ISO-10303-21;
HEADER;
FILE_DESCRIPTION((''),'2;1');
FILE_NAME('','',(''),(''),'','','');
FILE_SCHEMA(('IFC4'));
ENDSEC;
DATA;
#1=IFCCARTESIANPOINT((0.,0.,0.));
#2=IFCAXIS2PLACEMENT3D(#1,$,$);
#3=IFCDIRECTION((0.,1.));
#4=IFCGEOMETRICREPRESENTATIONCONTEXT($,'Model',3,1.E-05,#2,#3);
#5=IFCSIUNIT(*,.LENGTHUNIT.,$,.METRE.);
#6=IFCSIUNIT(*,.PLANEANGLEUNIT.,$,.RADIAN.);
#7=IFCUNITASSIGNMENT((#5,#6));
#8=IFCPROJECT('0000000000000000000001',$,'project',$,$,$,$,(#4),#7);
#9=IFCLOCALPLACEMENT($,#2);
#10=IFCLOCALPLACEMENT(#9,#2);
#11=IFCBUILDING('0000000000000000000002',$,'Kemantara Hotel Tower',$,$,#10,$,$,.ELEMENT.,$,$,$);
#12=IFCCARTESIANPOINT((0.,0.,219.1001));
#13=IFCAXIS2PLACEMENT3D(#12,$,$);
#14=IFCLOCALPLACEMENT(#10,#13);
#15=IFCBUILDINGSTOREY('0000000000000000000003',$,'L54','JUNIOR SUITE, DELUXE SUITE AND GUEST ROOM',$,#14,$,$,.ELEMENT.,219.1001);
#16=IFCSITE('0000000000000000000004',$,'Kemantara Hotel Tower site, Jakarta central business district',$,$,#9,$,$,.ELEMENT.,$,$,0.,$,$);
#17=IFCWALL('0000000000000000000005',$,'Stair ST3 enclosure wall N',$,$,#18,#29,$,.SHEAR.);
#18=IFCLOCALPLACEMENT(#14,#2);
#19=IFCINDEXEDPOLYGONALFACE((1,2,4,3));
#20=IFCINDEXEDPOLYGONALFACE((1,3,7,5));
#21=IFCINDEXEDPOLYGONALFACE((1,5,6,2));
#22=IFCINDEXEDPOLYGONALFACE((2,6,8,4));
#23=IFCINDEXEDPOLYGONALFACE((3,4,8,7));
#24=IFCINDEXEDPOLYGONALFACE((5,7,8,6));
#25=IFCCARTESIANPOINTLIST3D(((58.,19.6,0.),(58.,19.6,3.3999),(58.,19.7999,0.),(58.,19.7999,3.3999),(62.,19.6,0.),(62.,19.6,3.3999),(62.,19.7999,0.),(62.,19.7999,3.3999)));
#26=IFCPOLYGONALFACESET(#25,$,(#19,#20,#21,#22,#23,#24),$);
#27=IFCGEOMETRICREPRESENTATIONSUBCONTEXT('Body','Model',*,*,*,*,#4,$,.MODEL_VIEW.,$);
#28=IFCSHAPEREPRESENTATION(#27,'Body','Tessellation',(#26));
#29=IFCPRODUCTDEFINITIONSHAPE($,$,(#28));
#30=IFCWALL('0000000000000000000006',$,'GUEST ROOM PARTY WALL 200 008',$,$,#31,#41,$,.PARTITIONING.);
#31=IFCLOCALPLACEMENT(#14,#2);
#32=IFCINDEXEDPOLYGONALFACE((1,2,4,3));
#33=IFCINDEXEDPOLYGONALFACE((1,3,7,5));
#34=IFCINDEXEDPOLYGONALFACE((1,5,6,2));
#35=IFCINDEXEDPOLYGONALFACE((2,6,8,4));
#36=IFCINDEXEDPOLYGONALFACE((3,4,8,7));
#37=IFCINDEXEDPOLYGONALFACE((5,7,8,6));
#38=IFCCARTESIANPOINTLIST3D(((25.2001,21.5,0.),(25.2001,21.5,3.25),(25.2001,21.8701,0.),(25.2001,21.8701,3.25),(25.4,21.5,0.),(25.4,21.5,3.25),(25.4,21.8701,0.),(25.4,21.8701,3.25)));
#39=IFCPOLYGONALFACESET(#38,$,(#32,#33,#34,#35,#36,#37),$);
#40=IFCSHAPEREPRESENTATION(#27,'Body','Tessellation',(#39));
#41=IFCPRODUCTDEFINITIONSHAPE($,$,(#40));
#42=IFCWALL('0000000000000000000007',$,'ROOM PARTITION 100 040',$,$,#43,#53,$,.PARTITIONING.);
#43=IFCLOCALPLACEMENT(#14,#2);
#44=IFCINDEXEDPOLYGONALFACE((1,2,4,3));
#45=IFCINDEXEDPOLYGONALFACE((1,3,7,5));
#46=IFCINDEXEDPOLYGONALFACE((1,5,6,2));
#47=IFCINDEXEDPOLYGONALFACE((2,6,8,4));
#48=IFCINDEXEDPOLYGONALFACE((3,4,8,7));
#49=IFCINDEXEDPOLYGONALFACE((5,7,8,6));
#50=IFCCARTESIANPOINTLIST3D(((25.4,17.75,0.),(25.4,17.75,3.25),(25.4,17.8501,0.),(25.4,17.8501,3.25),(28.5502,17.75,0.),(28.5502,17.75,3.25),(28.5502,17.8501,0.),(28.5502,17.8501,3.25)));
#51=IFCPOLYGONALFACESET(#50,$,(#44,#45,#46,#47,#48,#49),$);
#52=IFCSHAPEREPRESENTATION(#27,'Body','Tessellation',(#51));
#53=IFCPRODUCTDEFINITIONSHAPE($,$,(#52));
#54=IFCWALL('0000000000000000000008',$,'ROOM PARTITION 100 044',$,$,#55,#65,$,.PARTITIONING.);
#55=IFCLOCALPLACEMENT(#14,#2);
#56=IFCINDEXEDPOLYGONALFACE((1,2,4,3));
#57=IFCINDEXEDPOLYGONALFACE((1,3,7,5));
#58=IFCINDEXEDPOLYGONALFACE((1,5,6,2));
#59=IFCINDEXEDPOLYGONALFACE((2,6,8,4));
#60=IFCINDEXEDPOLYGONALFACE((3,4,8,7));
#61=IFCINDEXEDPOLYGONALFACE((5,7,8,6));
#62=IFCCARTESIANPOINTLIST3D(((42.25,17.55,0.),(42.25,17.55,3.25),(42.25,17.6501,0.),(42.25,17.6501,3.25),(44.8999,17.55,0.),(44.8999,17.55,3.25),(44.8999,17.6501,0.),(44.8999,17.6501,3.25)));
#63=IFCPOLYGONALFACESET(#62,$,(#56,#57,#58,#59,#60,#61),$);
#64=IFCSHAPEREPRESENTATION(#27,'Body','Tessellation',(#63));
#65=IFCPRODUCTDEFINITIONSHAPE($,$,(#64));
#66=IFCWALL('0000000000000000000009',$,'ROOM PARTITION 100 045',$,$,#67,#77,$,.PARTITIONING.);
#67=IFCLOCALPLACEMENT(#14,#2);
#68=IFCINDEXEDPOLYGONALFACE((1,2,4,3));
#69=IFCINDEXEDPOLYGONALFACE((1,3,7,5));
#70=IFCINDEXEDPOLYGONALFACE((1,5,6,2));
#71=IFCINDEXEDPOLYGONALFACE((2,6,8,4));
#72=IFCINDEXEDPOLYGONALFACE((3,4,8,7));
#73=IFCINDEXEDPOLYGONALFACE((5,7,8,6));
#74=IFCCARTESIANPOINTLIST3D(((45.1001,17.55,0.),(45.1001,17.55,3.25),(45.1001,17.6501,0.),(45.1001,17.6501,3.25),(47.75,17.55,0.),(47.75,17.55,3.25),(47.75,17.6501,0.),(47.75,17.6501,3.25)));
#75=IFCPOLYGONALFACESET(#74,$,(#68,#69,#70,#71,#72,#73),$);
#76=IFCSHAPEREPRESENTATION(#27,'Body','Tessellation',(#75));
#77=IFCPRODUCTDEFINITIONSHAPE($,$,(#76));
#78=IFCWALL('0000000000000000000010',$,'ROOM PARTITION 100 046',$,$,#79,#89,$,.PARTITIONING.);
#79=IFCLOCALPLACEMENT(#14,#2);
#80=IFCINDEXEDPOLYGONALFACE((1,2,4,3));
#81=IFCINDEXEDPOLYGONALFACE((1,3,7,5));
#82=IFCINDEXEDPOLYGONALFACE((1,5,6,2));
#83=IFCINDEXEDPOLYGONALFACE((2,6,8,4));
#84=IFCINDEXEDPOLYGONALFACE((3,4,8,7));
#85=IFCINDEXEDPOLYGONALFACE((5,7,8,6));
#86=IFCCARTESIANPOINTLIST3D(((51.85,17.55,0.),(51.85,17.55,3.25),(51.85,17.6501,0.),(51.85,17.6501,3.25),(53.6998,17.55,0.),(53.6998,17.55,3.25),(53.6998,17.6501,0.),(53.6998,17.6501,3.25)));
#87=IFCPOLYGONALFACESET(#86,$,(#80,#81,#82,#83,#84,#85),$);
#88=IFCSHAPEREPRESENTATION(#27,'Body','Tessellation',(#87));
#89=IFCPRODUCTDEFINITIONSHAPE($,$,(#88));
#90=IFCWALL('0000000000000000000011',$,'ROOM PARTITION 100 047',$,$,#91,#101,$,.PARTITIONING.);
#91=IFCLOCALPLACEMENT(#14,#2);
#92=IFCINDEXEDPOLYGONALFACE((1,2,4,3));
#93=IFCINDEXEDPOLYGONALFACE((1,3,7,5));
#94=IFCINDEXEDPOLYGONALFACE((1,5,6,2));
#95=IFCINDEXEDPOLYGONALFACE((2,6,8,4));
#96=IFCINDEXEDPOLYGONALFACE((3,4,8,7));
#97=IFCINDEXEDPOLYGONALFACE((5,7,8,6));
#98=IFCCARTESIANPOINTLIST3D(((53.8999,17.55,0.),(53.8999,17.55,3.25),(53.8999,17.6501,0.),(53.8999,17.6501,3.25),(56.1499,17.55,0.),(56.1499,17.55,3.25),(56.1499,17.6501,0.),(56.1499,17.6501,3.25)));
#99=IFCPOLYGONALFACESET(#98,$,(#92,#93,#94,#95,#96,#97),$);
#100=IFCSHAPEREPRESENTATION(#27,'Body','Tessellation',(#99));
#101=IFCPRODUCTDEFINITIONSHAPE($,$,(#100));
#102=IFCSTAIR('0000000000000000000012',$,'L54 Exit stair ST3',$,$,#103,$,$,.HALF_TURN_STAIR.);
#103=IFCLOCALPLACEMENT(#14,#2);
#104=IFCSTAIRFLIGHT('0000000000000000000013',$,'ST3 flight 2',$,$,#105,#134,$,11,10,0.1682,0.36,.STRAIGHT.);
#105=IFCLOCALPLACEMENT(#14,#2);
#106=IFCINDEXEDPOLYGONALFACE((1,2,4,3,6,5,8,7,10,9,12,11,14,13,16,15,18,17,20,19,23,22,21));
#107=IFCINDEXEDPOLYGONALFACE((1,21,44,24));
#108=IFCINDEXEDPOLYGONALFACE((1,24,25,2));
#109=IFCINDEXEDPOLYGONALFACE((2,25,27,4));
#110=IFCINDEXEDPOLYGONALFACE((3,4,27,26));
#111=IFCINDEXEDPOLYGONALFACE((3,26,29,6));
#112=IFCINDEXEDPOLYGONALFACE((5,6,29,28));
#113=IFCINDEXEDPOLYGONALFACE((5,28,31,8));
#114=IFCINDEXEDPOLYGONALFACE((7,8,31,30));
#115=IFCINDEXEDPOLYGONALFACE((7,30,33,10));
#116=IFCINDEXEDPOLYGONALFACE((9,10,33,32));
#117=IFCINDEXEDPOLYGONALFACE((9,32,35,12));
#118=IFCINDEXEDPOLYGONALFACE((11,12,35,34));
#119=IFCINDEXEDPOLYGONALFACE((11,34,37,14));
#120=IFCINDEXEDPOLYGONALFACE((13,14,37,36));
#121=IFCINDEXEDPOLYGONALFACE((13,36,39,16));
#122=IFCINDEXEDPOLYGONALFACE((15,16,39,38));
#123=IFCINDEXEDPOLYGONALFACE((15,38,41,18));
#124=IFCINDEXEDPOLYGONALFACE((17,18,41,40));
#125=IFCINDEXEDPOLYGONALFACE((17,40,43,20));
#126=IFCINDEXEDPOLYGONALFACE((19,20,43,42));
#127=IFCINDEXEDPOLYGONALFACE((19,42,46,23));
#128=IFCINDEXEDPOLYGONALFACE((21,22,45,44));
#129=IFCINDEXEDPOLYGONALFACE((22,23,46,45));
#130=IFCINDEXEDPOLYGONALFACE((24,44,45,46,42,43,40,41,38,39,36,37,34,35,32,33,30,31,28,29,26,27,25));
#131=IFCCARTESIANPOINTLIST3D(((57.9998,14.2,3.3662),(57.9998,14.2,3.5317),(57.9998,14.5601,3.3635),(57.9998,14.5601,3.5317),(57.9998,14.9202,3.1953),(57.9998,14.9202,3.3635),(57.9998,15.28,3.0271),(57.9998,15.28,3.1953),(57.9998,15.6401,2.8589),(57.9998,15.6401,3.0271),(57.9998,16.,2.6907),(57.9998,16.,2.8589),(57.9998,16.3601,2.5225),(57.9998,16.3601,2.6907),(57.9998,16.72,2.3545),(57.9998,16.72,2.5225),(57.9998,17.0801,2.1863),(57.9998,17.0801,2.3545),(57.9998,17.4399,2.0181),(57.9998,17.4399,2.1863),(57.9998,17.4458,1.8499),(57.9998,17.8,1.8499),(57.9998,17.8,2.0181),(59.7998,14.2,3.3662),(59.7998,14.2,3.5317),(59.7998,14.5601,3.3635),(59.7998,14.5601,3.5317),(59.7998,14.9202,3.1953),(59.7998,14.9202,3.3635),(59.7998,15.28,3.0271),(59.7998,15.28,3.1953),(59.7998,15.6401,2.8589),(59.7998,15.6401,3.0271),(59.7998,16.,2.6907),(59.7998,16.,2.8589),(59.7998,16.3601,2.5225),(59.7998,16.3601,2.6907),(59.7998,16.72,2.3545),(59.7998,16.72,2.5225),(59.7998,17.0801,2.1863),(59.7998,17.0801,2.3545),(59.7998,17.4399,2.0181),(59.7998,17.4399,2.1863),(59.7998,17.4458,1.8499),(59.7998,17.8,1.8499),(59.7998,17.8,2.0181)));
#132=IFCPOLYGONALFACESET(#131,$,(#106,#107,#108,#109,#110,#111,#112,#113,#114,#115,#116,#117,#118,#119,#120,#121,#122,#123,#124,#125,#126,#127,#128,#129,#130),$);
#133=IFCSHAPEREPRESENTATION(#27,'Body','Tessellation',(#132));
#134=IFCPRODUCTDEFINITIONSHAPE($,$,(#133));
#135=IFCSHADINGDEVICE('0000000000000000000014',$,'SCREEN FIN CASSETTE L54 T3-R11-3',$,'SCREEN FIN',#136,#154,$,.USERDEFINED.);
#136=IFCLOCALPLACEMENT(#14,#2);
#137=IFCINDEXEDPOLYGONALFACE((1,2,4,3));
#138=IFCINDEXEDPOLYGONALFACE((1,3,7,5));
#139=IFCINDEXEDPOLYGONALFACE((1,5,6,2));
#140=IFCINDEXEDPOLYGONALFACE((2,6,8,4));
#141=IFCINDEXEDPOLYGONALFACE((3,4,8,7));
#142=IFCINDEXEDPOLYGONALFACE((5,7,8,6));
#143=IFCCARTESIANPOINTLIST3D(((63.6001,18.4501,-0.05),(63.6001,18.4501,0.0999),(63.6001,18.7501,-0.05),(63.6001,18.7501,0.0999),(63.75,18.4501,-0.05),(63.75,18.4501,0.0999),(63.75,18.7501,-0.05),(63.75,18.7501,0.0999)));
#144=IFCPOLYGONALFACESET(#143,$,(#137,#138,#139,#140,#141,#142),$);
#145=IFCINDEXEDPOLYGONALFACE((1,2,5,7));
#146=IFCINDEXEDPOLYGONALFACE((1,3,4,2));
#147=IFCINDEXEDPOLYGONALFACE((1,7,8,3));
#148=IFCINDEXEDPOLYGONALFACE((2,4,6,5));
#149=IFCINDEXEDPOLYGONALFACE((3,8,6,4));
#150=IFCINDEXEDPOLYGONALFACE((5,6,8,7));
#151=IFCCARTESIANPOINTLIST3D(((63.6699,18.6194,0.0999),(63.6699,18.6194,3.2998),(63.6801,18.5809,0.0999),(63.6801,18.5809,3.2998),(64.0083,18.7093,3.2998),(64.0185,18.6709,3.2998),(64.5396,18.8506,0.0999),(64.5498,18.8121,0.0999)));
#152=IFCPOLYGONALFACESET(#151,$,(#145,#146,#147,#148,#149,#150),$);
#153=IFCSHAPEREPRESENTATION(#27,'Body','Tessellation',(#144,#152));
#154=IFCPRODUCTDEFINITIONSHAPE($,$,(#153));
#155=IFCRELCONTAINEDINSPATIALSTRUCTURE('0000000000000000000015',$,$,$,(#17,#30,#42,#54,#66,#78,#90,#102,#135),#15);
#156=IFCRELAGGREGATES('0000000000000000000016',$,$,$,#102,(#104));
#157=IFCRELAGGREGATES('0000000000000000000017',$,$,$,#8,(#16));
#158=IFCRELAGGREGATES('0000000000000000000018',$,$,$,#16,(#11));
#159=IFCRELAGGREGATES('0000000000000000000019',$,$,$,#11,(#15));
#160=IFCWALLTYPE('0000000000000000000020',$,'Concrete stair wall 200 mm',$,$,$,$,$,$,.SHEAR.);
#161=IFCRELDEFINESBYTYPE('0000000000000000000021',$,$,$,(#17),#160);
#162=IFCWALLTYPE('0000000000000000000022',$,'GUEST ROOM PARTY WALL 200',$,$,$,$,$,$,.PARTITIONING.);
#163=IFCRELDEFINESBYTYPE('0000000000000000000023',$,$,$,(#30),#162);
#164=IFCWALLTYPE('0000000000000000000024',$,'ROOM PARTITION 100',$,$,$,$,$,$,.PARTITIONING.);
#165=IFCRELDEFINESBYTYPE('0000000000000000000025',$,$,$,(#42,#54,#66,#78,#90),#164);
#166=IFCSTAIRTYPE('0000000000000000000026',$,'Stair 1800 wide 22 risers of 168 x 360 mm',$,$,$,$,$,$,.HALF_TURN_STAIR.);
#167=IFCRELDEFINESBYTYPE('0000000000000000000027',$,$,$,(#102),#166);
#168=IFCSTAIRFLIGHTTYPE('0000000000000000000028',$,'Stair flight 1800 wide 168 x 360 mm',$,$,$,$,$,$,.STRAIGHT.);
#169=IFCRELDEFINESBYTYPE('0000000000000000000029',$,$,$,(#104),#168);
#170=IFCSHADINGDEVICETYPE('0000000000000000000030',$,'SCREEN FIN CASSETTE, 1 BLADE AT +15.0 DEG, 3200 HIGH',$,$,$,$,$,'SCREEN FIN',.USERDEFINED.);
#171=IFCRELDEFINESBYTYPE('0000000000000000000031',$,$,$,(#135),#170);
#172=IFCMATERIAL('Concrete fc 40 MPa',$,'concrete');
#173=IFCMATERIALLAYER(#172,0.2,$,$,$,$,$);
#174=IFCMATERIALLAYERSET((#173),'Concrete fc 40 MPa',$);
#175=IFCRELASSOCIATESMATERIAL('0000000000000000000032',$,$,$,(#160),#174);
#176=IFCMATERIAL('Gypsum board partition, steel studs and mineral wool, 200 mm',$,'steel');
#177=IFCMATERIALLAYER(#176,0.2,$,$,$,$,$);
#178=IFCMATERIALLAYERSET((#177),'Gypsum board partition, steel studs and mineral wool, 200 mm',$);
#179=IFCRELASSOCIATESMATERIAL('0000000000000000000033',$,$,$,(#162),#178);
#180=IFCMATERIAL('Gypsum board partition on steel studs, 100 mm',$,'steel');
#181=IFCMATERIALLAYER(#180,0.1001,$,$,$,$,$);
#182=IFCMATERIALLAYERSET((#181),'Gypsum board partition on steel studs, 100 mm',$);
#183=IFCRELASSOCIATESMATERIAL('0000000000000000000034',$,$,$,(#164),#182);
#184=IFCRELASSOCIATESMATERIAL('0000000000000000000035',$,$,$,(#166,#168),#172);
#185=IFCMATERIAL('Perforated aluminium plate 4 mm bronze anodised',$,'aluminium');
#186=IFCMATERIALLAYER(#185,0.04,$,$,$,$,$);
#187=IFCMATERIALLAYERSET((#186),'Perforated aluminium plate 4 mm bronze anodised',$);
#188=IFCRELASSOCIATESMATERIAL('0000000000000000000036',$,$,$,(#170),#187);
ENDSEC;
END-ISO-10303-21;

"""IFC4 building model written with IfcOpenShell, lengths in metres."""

from ifc_helpers import new_model, si_unit, direction, frame, frame_2d, origin, origin_2d, place, context, subcontext, project, spatial, polyline, rectangle, outline, extrude, source, transform, mapped, material, layer, layer_set, type_object, element, aggregate, save


model = new_model("IFC4")

# Units and contexts
model_context = context("Model", 3, precision=1e-05, world=origin(), true_north=direction((0.0, 1.0)))
body_context = subcontext(model_context, "Body", "Model", "MODEL_VIEW")
ifc_project = project(units=[si_unit("LENGTHUNIT", "METRE"), si_unit("PLANEANGLEUNIT", "RADIAN")], contexts=[model_context])

# Site, building, storey
site_placement = place(None, origin())
site = spatial("IfcSite", under=ifc_project, at=site_placement, Name="Kemantara Hotel Tower site, Jakarta central business district", CompositionType="ELEMENT", RefElevation=0.0)
building_placement = place(site_placement, origin())
building = spatial("IfcBuilding", under=site, at=building_placement, Name="Kemantara Hotel Tower", CompositionType="ELEMENT")
storey_placement = place(building_placement, frame((0.0, 0.0, 219.1001)))
storey = spatial("IfcBuildingStorey", under=building, at=storey_placement, Name="L54", Description="JUNIOR SUITE, DELUXE SUITE AND GUEST ROOM", CompositionType="ELEMENT", Elevation=219.1001)

# Walls
ifc_material_1 = material(Name="Concrete fc 40 MPa", Category="concrete")
ifc_layer_1 = layer(ifc_material_1, 0.2)
ifc_layer_set_1 = layer_set([ifc_layer_1], Name="Concrete fc 40 MPa")
wall_type_1 = type_object("IfcWallType", Name="Concrete stair wall 200 mm", PredefinedType="SHEAR", material=ifc_layer_set_1)
wall_1_placement = place(storey_placement, frame((58.0, 19.7, 0.0), z_axis=(0.0, 0.0, 1.0), x_axis=(1.0, 0.0, 0.0)))
element("IfcWall", 1, at=wall_1_placement, inside=storey, type_object=wall_type_1, Name="Stair ST3 enclosure wall N", PredefinedType="SHEAR", context=body_context, shape_type="SweptSolid", body=[
    extrude(rectangle(XDim=4.0, YDim=0.2, at=frame_2d((2.0, 0.0))), origin(), (0.0, 0.0, 1.0), 3.3999),
])
ifc_material_2 = material(Name="Gypsum board partition, steel studs and mineral wool, 200 mm", Category="steel")
ifc_layer_2 = layer(ifc_material_2, 0.2)
ifc_layer_set_2 = layer_set([ifc_layer_2], Name="Gypsum board partition, steel studs and mineral wool, 200 mm")
wall_type_2 = type_object("IfcWallType", Name="GUEST ROOM PARTY WALL 200", PredefinedType="PARTITIONING", material=ifc_layer_set_2)
wall_2_placement = place(storey_placement, frame((25.3, 21.5, 0.0), z_axis=(0.0, 0.0, 1.0), x_axis=(0.0, 1.0, 0.0)))
element("IfcWall", 2, at=wall_2_placement, inside=storey, type_object=wall_type_2, Name="GUEST ROOM PARTY WALL 200 008", PredefinedType="PARTITIONING", context=body_context, shape_type="SweptSolid", body=[
    extrude(rectangle(XDim=0.3701, YDim=0.2, at=frame_2d((0.1851, 0.0))), origin(), (0.0, 0.0, 1.0), 3.25),
])
ifc_material_3 = material(Name="Gypsum board partition on steel studs, 100 mm", Category="steel")
ifc_layer_3 = layer(ifc_material_3, 0.1001)
ifc_layer_set_3 = layer_set([ifc_layer_3], Name="Gypsum board partition on steel studs, 100 mm")
wall_type_3 = type_object("IfcWallType", Name="ROOM PARTITION 100", PredefinedType="PARTITIONING", material=ifc_layer_set_3)
wall_3_placement = place(storey_placement, frame((25.3999, 17.8, 0.0), z_axis=(0.0, 0.0, 1.0), x_axis=(1.0, 0.0, 0.0)))
element("IfcWall", 3, at=wall_3_placement, inside=storey, type_object=wall_type_3, Name="ROOM PARTITION 100 040", PredefinedType="PARTITIONING", context=body_context, shape_type="SweptSolid", body=[
    extrude(rectangle(XDim=3.1501, YDim=0.1001, at=frame_2d((1.5752, 0.0))), origin(), (0.0, 0.0, 1.0), 3.25),
])
for number, where, z_axis, x_axis, name in (
    (4, (42.25, 17.6001, 0.0), (0.0, 0.0, 1.0), (1.0, 0.0, 0.0), "ROOM PARTITION 100 044"),
    (5, (45.1001, 17.6001, 0.0), (0.0, 0.0, 1.0), (1.0, 0.0, 0.0), "ROOM PARTITION 100 045"),
):
    element("IfcWall", number, at=place(storey_placement, frame(where, z_axis=z_axis, x_axis=x_axis)), inside=storey, type_object=wall_type_3, Name=name, PredefinedType="PARTITIONING", context=body_context, shape_type="SweptSolid", body=[
        extrude(rectangle(XDim=2.6499, YDim=0.1001, at=frame_2d((1.325, 0.0))), origin(), (0.0, 0.0, 1.0), 3.25),
    ])
wall_4_placement = place(storey_placement, frame((51.8501, 17.6001, 0.0), z_axis=(0.0, 0.0, 1.0), x_axis=(1.0, 0.0, 0.0)))
element("IfcWall", 6, at=wall_4_placement, inside=storey, type_object=wall_type_3, Name="ROOM PARTITION 100 046", PredefinedType="PARTITIONING", context=body_context, shape_type="SweptSolid", body=[
    extrude(rectangle(XDim=1.8499, YDim=0.1001, at=frame_2d((0.9248, 0.0))), origin(), (0.0, 0.0, 1.0), 3.25),
])
wall_5_placement = place(storey_placement, frame((53.8999, 17.6001, 0.0), z_axis=(0.0, 0.0, 1.0), x_axis=(1.0, 0.0, 0.0)))
element("IfcWall", 7, at=wall_5_placement, inside=storey, type_object=wall_type_3, Name="ROOM PARTITION 100 047", PredefinedType="PARTITIONING", context=body_context, shape_type="SweptSolid", body=[
    extrude(rectangle(XDim=2.25, YDim=0.1001, at=frame_2d((1.125, 0.0))), origin(), (0.0, 0.0, 1.0), 3.25),
])

# Stair, stair flight
stair_type = type_object("IfcStairType", Name="Stair 1800 wide 22 risers of 168 x 360 mm", PredefinedType="HALF_TURN_STAIR", material=ifc_material_1)
stair_placement = place(storey_placement, origin())
stair = element("IfcStair", 8, at=stair_placement, inside=storey, type_object=stair_type, Name="L54 Exit stair ST3", PredefinedType="HALF_TURN_STAIR")
stair_flight_type = type_object("IfcStairFlightType", Name="Stair flight 1800 wide 168 x 360 mm", PredefinedType="STRAIGHT", material=ifc_material_1)
stair_flight_placement = place(storey_placement, frame((58.8999, 17.8, 1.8499), z_axis=(0.0, 0.0, 1.0), x_axis=(0.0, -1.0, 0.0)))
stair_flight = element("IfcStairFlight", 9, at=stair_flight_placement, type_object=stair_flight_type, Name="ST3 flight 2", NumberOfRisers=11, NumberOfTreads=10, PredefinedType="STRAIGHT", RiserHeight=0.1682, TreadLength=0.36, context=body_context, shape_type="SweptSolid", body=[
    extrude(outline(polyline([(0.0, 0.0), (0.0, 0.1682), (0.3601, 0.1682), (0.3601, 0.3364), (0.72, 0.3364), (0.72, 0.5046), (1.0801, 0.5046), (1.0801, 0.6726), (1.4399, 0.6726), (1.4399, 0.8408), (1.8, 0.8408), (1.8, 1.009), (2.1599, 1.009), (2.1599, 1.1772), (2.52, 1.1772), (2.52, 1.3455), (2.8799, 1.3455), (2.8799, 1.5137), (3.24, 1.5137), (3.24, 1.6819), (3.6001, 1.6819), (3.6001, 1.8501), (3.6001, 1.5164), (0.3542, 0.0), (0.0, 0.0)])), frame((0.0, 0.8999, 0.0), z_axis=(0.0, -1.0, 0.0), x_axis=(1.0, 0.0, 0.0)), (0.0, 0.0, 1.0), 1.8),
])
aggregate(stair, [stair_flight])

# Shading device
ifc_material_4 = material(Name="Perforated aluminium plate 4 mm bronze anodised", Category="aluminium")
ifc_layer_4 = layer(ifc_material_4, 0.04)
ifc_layer_set_4 = layer_set([ifc_layer_4], Name="Perforated aluminium plate 4 mm bronze anodised")
shading_device_type = type_object("IfcShadingDeviceType", Name="SCREEN FIN CASSETTE, 1 BLADE AT +15.0 DEG, 3200 HIGH", ElementType="SCREEN FIN", PredefinedType="USERDEFINED", material=ifc_layer_set_4)
shared_shape_1 = source(origin(), body_context, "Body", "SweptSolid", [
    extrude(rectangle(XDim=0.3, YDim=0.1499, at=origin_2d()), frame((0.0, -0.075, -0.1499), z_axis=(0.0, 0.0, 1.0), x_axis=(1.0, 0.0, 0.0)), (0.0, 0.0, 1.0), 0.1499),
    extrude(outline(polyline([(0.0, 0.0), (0.8999, 0.0), (0.3501, 3.2), (0.0, 3.2), (0.0, 0.0)])), frame((0.0193, -0.0698, 0.0), z_axis=(-0.966438, -0.256901, 0.0), x_axis=(0.256901, -0.966438, 0.0)), (0.0, 0.0, 1.0), 0.0398),
])
shading_device_placement = place(storey_placement, frame((63.6001, 18.6001, 0.0999), z_axis=(0.0, 0.0, 1.0), x_axis=(0.0, 1.0, 0.0)))
element("IfcShadingDevice", 10, at=shading_device_placement, inside=storey, type_object=shading_device_type, Name="SCREEN FIN CASSETTE L54 T3-R11-3", ObjectType="SCREEN FIN", PredefinedType="USERDEFINED", context=body_context, shape_type="MappedRepresentation", body=[
    mapped(shared_shape_1, transform((0.0, 0.0, 0.0))),
])

save(model, "model.ifc")
